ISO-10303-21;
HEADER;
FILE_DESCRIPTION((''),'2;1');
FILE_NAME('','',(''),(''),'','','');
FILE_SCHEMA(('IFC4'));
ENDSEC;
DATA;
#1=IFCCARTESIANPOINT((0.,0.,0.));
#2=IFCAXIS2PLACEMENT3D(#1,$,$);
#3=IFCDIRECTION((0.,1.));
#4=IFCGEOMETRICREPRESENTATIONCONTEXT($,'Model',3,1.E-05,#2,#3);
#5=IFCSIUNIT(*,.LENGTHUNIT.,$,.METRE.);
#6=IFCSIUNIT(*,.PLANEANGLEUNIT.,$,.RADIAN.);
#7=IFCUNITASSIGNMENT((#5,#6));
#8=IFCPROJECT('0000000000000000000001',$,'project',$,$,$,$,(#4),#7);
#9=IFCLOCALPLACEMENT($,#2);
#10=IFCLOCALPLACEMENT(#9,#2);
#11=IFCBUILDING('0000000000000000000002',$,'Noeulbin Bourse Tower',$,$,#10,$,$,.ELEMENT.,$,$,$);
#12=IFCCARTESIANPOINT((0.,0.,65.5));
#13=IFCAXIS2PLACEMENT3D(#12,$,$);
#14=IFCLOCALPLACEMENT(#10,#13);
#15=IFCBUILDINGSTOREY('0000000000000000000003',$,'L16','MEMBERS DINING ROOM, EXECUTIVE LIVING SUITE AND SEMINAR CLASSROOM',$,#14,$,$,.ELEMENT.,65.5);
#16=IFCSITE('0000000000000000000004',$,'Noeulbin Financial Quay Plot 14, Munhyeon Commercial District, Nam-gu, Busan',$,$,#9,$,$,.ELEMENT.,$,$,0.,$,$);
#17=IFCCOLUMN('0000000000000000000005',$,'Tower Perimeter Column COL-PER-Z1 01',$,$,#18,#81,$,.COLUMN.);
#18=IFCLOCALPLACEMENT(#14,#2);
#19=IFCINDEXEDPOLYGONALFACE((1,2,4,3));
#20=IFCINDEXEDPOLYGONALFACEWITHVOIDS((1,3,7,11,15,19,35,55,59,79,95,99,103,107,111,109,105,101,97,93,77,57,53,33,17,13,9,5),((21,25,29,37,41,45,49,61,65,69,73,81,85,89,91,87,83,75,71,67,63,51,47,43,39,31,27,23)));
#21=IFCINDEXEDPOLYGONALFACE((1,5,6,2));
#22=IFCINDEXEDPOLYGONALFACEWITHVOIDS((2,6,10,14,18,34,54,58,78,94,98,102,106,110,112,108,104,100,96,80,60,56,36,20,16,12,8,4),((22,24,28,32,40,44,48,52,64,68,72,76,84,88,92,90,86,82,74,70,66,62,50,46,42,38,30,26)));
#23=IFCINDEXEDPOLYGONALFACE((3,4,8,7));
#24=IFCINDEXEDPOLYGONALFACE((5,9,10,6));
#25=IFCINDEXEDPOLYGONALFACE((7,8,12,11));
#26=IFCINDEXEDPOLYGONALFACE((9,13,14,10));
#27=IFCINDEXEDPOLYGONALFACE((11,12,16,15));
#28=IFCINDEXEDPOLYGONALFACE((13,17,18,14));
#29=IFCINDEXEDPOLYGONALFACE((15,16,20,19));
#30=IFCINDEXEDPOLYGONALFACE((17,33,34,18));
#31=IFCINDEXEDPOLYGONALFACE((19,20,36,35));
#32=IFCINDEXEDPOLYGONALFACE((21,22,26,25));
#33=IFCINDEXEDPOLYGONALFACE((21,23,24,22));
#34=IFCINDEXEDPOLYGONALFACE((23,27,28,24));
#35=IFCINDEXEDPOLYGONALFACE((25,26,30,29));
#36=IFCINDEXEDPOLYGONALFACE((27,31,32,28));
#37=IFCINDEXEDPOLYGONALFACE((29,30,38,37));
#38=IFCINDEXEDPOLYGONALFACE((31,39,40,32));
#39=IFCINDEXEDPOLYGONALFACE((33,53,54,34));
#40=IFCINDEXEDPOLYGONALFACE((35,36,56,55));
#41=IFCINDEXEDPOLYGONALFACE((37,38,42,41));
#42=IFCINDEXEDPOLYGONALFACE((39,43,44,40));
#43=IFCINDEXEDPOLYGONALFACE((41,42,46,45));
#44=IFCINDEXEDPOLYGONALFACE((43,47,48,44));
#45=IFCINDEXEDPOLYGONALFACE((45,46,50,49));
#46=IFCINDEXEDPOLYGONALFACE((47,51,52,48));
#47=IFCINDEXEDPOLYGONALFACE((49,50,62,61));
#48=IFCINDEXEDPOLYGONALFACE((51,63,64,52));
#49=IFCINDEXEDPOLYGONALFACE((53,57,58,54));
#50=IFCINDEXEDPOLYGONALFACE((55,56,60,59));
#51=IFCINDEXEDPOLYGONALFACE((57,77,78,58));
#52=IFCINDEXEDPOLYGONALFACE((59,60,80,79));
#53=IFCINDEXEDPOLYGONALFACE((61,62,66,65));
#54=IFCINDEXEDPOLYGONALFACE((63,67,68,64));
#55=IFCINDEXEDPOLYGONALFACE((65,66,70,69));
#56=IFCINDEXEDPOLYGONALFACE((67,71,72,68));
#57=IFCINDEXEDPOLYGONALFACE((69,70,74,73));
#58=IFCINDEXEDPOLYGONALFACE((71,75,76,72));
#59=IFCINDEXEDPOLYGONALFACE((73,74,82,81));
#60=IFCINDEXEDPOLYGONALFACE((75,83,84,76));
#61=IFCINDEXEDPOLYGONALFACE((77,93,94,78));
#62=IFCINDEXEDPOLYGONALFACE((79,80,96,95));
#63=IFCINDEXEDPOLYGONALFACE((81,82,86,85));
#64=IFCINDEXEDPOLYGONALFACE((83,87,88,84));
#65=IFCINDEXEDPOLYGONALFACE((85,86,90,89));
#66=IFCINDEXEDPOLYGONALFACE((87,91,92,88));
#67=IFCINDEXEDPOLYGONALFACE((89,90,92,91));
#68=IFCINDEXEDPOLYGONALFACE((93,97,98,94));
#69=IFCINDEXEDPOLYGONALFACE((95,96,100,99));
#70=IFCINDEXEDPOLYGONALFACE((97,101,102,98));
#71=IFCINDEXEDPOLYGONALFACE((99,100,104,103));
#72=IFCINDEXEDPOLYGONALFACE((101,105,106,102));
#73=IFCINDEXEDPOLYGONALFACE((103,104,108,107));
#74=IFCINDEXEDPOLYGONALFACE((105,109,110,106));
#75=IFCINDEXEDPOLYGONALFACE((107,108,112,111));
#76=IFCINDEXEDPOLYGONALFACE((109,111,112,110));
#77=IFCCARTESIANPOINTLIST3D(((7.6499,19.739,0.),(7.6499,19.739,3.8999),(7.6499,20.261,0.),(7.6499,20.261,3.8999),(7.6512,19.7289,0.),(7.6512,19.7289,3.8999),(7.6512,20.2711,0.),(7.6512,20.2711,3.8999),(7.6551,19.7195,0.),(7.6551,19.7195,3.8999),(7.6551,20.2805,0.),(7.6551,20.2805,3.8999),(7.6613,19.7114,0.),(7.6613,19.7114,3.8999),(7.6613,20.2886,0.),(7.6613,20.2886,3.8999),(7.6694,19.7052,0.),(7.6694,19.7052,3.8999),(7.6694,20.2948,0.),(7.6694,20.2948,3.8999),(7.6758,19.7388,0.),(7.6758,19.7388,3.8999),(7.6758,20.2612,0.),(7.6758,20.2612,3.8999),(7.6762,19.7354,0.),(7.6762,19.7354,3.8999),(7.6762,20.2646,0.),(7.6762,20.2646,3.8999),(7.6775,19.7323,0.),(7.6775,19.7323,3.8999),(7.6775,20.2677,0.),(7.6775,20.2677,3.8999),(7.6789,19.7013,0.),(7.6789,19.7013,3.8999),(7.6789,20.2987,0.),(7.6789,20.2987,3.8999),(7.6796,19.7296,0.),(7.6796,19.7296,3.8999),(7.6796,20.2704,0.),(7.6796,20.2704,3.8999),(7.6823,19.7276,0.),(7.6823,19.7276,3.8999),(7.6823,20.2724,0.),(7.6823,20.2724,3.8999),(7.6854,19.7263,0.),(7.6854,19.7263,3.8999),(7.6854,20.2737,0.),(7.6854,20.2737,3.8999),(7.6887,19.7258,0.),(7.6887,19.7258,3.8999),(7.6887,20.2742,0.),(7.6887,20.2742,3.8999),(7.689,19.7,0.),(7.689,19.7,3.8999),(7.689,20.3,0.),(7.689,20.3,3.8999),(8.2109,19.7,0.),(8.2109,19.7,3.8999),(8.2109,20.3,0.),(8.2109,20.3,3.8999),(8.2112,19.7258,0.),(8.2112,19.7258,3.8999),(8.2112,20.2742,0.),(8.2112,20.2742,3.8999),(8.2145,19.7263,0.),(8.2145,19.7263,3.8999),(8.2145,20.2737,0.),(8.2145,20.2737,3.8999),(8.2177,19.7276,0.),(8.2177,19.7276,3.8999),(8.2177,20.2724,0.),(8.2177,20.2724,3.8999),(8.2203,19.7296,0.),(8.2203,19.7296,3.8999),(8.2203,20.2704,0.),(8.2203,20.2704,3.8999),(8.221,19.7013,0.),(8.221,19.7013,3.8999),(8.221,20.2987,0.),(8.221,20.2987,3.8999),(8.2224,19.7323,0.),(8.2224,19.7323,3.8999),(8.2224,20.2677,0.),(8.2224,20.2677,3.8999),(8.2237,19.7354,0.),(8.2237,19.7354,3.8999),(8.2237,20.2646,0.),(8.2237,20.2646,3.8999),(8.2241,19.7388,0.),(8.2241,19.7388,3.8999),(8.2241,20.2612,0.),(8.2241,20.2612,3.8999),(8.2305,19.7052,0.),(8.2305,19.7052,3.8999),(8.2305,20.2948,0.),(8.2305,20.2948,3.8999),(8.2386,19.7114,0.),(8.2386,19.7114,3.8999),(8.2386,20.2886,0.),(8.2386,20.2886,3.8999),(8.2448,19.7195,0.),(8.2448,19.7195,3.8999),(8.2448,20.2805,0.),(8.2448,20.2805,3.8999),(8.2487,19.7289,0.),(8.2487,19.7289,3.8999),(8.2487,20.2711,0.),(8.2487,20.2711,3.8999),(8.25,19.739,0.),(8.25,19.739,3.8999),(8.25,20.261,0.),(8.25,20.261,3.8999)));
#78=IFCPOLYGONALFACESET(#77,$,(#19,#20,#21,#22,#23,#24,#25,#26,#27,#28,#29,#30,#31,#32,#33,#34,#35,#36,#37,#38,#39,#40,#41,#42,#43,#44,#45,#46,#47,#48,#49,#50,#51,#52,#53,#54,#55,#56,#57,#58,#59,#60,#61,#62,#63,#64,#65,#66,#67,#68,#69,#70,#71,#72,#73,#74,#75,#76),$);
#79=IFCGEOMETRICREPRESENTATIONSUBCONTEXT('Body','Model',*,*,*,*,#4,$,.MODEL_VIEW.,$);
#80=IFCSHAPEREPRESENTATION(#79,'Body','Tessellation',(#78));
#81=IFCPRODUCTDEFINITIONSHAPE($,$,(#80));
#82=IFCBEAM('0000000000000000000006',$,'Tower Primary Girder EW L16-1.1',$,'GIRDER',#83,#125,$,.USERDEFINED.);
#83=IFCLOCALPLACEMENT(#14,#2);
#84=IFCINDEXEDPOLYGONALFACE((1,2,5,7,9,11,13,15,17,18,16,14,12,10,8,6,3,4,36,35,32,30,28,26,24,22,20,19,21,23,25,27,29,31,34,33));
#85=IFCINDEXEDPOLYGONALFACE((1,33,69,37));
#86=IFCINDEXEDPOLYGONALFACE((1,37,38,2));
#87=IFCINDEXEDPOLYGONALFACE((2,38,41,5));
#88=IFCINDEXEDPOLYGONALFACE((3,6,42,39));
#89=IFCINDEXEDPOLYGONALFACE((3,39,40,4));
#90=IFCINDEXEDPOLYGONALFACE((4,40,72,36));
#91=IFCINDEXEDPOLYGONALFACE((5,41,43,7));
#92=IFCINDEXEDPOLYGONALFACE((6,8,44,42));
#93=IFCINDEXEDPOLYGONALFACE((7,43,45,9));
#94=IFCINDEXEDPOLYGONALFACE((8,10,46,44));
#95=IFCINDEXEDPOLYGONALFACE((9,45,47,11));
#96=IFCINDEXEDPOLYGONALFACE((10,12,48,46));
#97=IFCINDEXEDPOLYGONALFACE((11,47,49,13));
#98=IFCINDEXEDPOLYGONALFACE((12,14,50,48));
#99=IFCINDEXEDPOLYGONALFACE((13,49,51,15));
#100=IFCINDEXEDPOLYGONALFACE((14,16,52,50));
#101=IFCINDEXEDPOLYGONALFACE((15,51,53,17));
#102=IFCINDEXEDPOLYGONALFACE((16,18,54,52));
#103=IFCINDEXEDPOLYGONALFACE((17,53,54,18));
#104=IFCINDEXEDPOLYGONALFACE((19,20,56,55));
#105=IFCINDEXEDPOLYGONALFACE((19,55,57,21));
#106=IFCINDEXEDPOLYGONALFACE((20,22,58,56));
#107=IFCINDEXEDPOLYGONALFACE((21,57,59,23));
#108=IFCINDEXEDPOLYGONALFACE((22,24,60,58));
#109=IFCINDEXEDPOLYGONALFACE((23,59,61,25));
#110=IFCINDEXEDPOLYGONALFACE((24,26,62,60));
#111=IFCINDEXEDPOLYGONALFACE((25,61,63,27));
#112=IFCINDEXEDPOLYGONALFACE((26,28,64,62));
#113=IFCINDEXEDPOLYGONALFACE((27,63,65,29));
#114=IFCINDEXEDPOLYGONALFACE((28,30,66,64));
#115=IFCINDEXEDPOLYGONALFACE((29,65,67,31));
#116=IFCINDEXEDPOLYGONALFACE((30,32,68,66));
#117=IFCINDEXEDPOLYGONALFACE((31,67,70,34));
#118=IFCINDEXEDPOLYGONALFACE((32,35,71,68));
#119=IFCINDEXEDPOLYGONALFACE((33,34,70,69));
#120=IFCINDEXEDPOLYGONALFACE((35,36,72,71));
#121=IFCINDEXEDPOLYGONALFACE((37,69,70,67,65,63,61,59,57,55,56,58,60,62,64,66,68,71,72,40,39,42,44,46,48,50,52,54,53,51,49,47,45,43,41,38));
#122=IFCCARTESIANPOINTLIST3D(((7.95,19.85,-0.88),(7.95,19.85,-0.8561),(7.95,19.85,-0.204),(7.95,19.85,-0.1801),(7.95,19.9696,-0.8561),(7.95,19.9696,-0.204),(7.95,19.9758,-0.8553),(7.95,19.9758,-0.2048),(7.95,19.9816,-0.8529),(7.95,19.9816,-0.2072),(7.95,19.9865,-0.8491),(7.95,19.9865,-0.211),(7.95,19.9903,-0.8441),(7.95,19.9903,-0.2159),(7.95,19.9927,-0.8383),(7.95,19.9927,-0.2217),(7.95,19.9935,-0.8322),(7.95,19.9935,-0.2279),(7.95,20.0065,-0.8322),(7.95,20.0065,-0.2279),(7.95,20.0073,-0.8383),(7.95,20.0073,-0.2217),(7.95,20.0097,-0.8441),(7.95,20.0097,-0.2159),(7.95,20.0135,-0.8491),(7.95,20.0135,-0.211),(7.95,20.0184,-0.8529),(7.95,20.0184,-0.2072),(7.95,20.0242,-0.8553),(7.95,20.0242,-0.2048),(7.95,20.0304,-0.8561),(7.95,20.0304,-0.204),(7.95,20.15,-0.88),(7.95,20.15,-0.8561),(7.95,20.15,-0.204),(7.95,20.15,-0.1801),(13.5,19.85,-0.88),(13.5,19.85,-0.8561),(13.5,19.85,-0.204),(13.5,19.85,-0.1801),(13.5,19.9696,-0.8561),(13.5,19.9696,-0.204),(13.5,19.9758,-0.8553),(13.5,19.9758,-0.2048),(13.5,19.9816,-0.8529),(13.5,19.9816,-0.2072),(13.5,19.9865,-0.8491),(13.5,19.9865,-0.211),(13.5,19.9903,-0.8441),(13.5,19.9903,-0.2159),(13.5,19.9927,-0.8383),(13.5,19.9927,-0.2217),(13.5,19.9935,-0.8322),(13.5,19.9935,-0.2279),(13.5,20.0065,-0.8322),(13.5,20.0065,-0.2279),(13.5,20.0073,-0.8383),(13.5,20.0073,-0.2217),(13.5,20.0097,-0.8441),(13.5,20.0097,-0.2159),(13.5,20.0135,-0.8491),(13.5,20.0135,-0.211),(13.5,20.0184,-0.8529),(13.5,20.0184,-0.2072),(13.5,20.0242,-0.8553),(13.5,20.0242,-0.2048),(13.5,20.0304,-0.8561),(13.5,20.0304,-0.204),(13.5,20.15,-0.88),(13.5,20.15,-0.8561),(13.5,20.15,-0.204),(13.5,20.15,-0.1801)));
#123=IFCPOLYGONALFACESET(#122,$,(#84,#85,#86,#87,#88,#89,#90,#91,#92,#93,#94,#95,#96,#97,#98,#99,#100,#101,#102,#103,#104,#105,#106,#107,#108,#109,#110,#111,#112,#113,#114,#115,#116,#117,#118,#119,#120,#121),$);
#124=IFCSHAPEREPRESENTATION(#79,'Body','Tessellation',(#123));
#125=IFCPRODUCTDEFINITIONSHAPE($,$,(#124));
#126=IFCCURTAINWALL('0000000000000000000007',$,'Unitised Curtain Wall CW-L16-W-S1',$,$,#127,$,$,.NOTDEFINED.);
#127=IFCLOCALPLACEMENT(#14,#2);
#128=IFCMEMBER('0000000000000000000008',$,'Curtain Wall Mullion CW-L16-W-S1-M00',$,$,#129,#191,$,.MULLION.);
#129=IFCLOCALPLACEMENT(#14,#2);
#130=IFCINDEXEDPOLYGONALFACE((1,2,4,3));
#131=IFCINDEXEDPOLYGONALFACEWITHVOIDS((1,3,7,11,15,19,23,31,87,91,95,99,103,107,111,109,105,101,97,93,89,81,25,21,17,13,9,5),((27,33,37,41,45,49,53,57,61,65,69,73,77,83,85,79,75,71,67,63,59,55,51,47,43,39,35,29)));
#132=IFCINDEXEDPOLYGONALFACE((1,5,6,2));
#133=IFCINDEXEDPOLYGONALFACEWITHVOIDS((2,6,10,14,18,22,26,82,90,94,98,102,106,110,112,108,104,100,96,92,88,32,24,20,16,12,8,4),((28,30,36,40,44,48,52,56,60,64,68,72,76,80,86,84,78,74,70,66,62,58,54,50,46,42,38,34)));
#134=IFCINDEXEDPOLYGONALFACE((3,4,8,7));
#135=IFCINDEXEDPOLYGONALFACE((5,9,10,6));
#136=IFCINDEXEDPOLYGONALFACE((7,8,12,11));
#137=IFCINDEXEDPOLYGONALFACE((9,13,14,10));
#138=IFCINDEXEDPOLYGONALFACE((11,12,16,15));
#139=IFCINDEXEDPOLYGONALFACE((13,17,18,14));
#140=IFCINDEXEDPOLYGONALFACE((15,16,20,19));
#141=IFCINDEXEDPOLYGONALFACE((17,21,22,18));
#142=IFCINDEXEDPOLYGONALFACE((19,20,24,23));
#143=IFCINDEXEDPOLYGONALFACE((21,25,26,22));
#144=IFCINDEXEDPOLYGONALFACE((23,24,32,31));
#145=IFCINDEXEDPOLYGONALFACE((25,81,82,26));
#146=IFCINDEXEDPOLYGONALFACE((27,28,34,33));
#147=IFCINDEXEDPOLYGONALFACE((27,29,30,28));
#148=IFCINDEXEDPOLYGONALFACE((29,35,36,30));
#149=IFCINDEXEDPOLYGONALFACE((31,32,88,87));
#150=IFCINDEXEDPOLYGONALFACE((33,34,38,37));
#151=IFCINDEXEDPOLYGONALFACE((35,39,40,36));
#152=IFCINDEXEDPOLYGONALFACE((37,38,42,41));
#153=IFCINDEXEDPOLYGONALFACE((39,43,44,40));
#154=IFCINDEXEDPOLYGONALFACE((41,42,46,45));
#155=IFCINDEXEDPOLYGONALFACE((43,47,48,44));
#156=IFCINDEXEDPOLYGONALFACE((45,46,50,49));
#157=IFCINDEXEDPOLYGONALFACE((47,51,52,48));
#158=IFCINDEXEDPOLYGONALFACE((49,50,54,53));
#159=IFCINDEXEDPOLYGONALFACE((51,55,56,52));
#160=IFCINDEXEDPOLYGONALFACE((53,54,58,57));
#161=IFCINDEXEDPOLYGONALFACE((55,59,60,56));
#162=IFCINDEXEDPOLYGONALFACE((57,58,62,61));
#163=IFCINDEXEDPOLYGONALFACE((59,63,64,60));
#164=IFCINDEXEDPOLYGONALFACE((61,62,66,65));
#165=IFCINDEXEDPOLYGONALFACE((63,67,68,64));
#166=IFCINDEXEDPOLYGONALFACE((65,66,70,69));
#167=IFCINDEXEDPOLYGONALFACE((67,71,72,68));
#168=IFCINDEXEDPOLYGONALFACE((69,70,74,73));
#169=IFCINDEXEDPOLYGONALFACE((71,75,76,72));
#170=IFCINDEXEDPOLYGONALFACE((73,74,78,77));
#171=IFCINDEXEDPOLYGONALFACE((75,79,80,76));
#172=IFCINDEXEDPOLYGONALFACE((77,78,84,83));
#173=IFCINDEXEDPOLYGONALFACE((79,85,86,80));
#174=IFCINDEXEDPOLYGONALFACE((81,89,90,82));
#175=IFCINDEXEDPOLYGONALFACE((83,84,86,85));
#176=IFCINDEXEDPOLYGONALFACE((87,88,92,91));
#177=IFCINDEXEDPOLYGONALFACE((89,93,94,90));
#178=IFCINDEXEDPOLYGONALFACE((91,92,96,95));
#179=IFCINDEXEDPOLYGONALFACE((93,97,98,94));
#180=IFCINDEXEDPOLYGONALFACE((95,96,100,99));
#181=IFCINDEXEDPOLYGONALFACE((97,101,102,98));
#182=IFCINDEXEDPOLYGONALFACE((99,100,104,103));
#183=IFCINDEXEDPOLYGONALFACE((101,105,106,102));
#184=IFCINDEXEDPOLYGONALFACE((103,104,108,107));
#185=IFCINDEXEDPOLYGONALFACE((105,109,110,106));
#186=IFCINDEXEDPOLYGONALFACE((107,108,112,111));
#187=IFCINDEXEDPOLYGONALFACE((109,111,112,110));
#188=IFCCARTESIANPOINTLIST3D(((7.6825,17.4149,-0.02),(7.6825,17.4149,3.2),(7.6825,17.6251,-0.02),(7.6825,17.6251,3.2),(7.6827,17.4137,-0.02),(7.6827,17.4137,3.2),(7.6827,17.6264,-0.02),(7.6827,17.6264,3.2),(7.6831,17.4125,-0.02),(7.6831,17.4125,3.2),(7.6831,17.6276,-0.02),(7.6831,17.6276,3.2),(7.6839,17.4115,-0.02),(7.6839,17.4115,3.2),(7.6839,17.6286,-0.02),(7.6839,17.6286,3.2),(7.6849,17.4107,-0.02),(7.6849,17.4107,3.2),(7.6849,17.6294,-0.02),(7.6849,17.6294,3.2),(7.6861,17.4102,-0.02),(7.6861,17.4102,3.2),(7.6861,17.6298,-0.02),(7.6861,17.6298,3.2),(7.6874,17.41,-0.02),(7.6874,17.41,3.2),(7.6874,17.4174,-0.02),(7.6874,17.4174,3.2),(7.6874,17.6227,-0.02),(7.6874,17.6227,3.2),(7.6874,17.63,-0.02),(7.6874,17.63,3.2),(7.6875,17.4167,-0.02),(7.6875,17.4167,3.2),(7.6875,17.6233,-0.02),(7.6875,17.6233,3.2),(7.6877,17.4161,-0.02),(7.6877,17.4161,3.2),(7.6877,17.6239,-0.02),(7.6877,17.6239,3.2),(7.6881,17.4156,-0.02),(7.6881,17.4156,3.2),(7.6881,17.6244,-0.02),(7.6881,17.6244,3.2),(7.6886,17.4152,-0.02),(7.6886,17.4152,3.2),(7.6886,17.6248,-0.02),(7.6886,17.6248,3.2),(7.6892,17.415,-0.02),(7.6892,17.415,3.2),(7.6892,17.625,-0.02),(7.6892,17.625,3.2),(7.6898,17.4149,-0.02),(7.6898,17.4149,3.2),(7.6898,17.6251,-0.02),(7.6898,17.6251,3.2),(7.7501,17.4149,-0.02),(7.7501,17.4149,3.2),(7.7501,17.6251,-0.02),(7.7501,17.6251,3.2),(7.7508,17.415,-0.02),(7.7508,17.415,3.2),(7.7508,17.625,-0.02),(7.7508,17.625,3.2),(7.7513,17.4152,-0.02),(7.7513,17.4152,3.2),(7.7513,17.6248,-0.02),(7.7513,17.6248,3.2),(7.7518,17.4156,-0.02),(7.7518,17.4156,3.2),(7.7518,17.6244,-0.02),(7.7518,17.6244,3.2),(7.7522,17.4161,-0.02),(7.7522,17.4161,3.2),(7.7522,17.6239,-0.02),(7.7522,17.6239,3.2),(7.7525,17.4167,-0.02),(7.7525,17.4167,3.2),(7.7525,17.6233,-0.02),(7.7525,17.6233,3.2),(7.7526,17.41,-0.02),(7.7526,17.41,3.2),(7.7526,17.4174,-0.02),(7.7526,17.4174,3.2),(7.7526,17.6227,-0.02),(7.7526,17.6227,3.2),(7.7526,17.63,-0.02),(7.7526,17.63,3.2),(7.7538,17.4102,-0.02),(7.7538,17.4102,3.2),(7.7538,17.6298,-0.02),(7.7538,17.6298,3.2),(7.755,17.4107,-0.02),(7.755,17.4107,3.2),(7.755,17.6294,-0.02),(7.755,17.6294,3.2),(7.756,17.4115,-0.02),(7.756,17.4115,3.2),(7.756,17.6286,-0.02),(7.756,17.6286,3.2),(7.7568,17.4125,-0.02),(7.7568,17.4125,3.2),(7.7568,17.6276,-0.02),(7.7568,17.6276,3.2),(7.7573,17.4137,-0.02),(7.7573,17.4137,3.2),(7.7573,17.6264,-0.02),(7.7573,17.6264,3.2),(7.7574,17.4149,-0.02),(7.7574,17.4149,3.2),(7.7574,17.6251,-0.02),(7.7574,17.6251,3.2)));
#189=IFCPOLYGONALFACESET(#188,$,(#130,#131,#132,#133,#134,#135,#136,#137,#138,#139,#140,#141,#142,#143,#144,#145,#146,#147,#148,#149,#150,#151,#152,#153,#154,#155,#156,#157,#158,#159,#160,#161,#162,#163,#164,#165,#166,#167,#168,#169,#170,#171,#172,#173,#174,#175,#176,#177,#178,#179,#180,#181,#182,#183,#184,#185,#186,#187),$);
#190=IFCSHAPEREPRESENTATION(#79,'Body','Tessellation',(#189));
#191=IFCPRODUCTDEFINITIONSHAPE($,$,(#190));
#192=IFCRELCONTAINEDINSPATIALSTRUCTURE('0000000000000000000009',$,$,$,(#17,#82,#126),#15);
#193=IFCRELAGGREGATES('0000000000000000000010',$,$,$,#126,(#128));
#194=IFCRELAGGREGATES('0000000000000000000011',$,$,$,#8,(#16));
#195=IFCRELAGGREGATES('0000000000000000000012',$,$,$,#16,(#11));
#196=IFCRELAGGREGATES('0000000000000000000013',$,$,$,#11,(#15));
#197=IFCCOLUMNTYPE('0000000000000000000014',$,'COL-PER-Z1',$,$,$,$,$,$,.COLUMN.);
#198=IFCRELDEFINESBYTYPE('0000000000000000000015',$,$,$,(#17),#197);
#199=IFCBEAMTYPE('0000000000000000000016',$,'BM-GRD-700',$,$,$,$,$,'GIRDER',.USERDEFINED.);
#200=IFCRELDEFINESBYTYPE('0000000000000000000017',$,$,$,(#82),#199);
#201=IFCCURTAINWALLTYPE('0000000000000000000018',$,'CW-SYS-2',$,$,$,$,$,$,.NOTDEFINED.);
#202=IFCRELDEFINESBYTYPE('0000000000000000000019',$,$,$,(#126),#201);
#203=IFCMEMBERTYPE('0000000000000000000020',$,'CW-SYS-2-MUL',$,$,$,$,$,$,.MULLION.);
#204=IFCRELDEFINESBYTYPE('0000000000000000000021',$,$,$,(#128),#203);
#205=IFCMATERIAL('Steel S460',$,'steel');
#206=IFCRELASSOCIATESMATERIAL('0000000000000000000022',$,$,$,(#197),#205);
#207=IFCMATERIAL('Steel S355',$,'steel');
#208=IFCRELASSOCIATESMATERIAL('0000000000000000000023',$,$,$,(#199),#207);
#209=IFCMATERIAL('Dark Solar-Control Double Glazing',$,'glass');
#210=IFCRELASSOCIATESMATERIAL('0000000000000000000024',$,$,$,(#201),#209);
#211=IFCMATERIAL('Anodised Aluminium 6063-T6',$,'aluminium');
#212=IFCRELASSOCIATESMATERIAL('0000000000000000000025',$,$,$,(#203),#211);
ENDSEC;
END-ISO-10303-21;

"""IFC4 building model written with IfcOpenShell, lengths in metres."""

from ifc_helpers import new_model, si_unit, direction, frame, origin, origin_2d, place, context, subcontext, project, spatial, hollow_rectangle, i_section, extrude, material, material_profile, profile_set, type_object, element, aggregate, save


model = new_model("IFC4")

# Units and contexts
model_context = context("Model", 3, precision=1e-05, world=origin(), true_north=direction((0.0, 1.0)))
body_context = subcontext(model_context, "Body", "Model", "MODEL_VIEW")
ifc_project = project(units=[si_unit("LENGTHUNIT", "METRE"), si_unit("PLANEANGLEUNIT", "RADIAN")], contexts=[model_context])

# Site, building, storey
site_placement = place(None, origin())
site = spatial("IfcSite", under=ifc_project, at=site_placement, Name="Noeulbin Financial Quay Plot 14, Munhyeon Commercial District, Nam-gu, Busan", CompositionType="ELEMENT", RefElevation=0.0)
building_placement = place(site_placement, origin())
building = spatial("IfcBuilding", under=site, at=building_placement, Name="Noeulbin Bourse Tower", CompositionType="ELEMENT")
storey_placement = place(building_placement, frame((0.0, 0.0, 65.5)))
storey = spatial("IfcBuildingStorey", under=building, at=storey_placement, Name="L16", Description="MEMBERS DINING ROOM, EXECUTIVE LIVING SUITE AND SEMINAR CLASSROOM", CompositionType="ELEMENT", Elevation=65.5)

# Column
ifc_material_1 = material(Name="Steel S460", Category="steel")
ifc_material_profile_1 = material_profile(ifc_material_1, hollow_rectangle(XDim=0.6001, YDim=0.6001, WallThickness=0.0259, InnerFilletRadius=0.0129, OuterFilletRadius=0.0391, at=origin_2d()), Name="BOX-600x600x26", Category="LoadBearing")
ifc_profile_set_1 = profile_set([ifc_material_profile_1], Name="Steel S460")
column_type = type_object("IfcColumnType", Name="COL-PER-Z1", PredefinedType="COLUMN", material=ifc_profile_set_1)
column_placement = place(storey_placement, frame((7.95, 20.0, 0.0), z_axis=(0.0, 0.0, 1.0), x_axis=(1.0, 0.0, 0.0)))
element("IfcColumn", 1, at=column_placement, inside=storey, type_object=column_type, Name="Tower Perimeter Column COL-PER-Z1 01", PredefinedType="COLUMN", context=body_context, shape_type="SweptSolid", body=[
    extrude(hollow_rectangle(XDim=0.6001, YDim=0.6001, WallThickness=0.0259, InnerFilletRadius=0.0129, OuterFilletRadius=0.0391, at=origin_2d()), origin(), (0.0, 0.0, 1.0), 3.8999),
])

# Beam
ifc_material_2 = material(Name="Steel S355", Category="steel")
ifc_material_profile_2 = material_profile(ifc_material_2, i_section(OverallWidth=0.3, OverallDepth=0.7, WebThickness=0.0129, FlangeThickness=0.0239, FilletRadius=0.0239, at=origin_2d()), Name="H-700x300x13x24", Category="LoadBearing")
ifc_profile_set_2 = profile_set([ifc_material_profile_2], Name="Steel S355")
beam_type = type_object("IfcBeamType", Name="BM-GRD-700", ElementType="GIRDER", PredefinedType="USERDEFINED", material=ifc_profile_set_2)
beam_placement = place(storey_placement, frame((7.95, 20.0, -0.53), z_axis=(1.0, 0.0, 0.0), x_axis=(0.0, 1.0, 0.0)))
element("IfcBeam", 2, at=beam_placement, inside=storey, type_object=beam_type, Name="Tower Primary Girder EW L16-1.1", ObjectType="GIRDER", PredefinedType="USERDEFINED", context=body_context, shape_type="SweptSolid", body=[
    extrude(i_section(OverallWidth=0.3, OverallDepth=0.7, WebThickness=0.0129, FlangeThickness=0.0239, FilletRadius=0.0239, at=origin_2d()), origin(), (0.0, 0.0, 1.0), 5.55),
])

# Curtain wall, member
ifc_material_3 = material(Name="Dark Solar-Control Double Glazing", Category="glass")
curtain_wall_type = type_object("IfcCurtainWallType", Name="CW-SYS-2", PredefinedType="NOTDEFINED", material=ifc_material_3)
curtain_wall_placement = place(storey_placement, origin())
curtain_wall = element("IfcCurtainWall", 3, at=curtain_wall_placement, inside=storey, type_object=curtain_wall_type, Name="Unitised Curtain Wall CW-L16-W-S1", PredefinedType="NOTDEFINED")
ifc_material_4 = material(Name="Anodised Aluminium 6063-T6", Category="aluminium")
ifc_material_profile_3 = material_profile(ifc_material_4, hollow_rectangle(XDim=0.075, YDim=0.22, WallThickness=0.0049, InnerFilletRadius=0.0024, OuterFilletRadius=0.0049, at=origin_2d()), Name="ALU-MULL-75x220x5", Category="LoadBearing")
ifc_profile_set_3 = profile_set([ifc_material_profile_3], Name="Anodised Aluminium 6063-T6")
member_type_1 = type_object("IfcMemberType", Name="CW-SYS-2-MUL", PredefinedType="MULLION", material=ifc_profile_set_3)
member_1_placement = place(storey_placement, frame((7.72, 17.52, -0.02), z_axis=(0.0, 0.0, 1.0), x_axis=(1.0, 0.0, 0.0)))
member_1 = element("IfcMember", 4, at=member_1_placement, type_object=member_type_1, Name="Curtain Wall Mullion CW-L16-W-S1-M00", PredefinedType="MULLION", context=body_context, shape_type="SweptSolid", body=[
    extrude(hollow_rectangle(XDim=0.075, YDim=0.22, WallThickness=0.0049, InnerFilletRadius=0.0024, OuterFilletRadius=0.0049, at=origin_2d()), origin(), (0.0, 0.0, 1.0), 3.22),
])
aggregate(curtain_wall, [member_1])

save(model, "model.ifc")
